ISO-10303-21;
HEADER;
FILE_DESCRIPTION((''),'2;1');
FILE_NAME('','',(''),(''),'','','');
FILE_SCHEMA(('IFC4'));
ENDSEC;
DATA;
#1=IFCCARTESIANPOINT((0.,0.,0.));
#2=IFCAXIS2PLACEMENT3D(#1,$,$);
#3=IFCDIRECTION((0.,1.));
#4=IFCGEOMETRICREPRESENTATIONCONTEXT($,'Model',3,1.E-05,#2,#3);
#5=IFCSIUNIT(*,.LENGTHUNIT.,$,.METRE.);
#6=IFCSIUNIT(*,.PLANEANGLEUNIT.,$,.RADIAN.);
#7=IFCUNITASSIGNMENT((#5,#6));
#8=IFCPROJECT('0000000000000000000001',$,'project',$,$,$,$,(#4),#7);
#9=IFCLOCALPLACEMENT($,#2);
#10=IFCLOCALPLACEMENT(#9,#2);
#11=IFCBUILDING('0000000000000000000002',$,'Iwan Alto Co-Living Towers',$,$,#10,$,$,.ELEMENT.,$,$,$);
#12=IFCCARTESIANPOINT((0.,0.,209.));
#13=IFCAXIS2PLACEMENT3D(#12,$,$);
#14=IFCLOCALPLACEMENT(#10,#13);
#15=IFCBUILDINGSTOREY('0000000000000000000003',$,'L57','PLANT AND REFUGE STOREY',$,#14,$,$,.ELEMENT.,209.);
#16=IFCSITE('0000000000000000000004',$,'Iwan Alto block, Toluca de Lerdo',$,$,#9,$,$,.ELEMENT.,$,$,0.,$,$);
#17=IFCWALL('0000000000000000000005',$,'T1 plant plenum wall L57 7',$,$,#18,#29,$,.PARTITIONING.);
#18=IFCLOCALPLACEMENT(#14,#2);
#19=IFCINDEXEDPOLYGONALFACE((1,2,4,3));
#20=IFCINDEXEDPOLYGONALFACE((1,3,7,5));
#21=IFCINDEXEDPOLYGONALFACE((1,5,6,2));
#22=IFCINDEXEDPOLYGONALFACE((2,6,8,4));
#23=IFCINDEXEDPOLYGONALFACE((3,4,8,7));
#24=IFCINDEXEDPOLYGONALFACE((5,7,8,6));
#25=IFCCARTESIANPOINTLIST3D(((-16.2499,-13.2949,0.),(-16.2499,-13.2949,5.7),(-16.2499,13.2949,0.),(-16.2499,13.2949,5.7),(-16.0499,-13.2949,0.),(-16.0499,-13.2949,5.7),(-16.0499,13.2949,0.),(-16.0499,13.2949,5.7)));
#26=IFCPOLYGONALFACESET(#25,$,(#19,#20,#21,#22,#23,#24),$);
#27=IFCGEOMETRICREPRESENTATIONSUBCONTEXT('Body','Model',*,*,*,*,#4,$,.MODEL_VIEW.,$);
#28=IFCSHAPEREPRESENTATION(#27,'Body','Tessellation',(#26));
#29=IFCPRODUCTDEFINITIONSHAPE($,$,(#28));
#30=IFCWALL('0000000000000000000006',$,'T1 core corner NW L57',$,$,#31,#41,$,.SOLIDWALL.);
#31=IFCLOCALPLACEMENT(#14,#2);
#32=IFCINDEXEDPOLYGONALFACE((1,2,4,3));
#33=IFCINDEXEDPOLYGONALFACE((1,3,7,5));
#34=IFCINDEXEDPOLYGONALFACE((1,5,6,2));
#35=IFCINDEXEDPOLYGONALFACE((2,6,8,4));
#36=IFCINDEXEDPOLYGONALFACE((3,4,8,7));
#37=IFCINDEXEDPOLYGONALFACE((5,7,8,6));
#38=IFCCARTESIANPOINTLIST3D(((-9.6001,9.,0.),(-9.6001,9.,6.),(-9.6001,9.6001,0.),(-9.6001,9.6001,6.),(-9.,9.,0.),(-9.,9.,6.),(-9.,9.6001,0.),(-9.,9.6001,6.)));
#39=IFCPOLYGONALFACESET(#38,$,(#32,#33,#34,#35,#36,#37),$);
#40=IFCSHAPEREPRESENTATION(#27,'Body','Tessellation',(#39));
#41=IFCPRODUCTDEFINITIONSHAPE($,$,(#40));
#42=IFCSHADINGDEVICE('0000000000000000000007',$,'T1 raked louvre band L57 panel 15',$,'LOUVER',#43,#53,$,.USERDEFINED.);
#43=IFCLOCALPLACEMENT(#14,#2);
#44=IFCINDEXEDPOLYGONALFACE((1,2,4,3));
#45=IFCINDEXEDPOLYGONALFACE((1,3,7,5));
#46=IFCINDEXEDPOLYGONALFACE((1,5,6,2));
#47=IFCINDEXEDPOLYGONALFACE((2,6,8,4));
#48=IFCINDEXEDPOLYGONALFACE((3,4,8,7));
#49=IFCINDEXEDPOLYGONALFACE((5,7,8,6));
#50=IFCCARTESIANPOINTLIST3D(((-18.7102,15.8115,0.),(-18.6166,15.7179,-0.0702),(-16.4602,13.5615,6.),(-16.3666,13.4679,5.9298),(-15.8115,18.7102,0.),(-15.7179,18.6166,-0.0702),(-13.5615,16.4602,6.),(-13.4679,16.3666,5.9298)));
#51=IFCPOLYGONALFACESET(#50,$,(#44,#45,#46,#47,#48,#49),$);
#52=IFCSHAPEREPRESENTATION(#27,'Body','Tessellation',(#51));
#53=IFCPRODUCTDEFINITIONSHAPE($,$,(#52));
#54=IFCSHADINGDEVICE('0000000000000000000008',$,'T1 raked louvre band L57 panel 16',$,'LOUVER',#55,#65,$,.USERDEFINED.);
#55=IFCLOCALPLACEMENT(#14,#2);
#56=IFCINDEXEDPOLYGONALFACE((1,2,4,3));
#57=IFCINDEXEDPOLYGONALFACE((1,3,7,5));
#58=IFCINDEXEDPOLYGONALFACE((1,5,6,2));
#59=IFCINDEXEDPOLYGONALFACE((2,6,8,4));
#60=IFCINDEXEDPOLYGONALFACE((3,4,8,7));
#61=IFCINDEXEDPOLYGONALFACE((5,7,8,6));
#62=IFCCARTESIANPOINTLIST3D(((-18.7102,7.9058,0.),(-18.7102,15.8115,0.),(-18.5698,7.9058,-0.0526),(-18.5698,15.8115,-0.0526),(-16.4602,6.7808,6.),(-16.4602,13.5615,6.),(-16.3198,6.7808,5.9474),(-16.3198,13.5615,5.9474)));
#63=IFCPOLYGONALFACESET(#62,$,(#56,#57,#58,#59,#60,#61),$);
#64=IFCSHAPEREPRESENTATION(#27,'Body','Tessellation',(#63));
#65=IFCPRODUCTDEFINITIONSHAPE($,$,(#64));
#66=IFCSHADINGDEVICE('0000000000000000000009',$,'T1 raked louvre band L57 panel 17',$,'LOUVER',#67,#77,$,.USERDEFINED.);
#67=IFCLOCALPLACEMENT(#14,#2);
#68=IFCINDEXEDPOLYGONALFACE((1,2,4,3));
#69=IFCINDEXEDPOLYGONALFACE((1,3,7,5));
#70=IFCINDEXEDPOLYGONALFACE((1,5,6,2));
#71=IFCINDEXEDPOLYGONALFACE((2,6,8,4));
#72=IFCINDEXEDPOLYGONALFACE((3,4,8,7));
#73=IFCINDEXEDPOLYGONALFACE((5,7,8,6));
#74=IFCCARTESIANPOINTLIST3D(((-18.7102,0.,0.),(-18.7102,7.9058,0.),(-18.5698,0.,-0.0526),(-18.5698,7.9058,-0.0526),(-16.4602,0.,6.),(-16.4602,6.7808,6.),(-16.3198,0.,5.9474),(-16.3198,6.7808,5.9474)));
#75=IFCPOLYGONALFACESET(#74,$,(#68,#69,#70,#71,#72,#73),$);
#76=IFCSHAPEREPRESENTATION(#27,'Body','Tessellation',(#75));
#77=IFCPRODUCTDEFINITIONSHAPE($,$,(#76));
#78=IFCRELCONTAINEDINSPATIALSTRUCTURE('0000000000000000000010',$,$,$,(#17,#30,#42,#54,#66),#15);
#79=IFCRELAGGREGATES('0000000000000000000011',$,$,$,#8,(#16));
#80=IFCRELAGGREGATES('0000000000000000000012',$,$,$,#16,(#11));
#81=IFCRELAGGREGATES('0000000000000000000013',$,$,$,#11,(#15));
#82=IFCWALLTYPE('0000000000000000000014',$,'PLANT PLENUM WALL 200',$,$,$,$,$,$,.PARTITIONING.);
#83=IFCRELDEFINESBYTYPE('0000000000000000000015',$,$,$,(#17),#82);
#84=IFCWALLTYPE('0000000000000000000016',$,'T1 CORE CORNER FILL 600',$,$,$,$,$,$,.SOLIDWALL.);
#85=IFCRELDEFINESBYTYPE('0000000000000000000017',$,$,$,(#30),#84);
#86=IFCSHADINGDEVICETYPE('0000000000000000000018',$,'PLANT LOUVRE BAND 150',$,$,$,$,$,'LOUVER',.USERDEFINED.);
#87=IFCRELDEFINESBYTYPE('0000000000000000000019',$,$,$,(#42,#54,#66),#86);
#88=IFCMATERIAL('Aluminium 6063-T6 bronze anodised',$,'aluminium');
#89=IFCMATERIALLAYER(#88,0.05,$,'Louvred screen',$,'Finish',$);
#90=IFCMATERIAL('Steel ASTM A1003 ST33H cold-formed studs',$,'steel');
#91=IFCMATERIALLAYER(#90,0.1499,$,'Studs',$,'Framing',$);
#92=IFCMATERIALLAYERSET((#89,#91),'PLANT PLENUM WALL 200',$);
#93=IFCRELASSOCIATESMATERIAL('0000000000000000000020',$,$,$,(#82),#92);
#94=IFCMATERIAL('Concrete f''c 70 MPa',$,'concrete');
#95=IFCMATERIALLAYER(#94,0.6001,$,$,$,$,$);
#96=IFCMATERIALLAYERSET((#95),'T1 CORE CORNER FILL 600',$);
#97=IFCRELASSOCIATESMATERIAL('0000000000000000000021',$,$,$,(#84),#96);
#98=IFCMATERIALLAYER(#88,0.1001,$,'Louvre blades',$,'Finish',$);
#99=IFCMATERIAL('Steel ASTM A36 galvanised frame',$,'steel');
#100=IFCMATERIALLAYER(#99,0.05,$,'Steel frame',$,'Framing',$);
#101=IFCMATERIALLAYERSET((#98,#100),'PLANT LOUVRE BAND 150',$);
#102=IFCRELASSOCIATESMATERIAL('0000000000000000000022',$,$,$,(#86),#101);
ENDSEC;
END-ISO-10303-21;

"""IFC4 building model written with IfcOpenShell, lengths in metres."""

from ifc_helpers import new_model, si_unit, direction, frame, frame_2d, origin, place, context, subcontext, project, spatial, polyline, rectangle, outline, extrude, material, layer, layer_set, type_object, element, save


model = new_model("IFC4")

# Units and contexts
model_context = context("Model", 3, precision=1e-05, world=origin(), true_north=direction((0.0, 1.0)))
body_context = subcontext(model_context, "Body", "Model", "MODEL_VIEW")
ifc_project = project(units=[si_unit("LENGTHUNIT", "METRE"), si_unit("PLANEANGLEUNIT", "RADIAN")], contexts=[model_context])

# Site, building, storey
site_placement = place(None, origin())
site = spatial("IfcSite", under=ifc_project, at=site_placement, Name="Iwan Alto block, Toluca de Lerdo", CompositionType="ELEMENT", RefElevation=0.0)
building_placement = place(site_placement, origin())
building = spatial("IfcBuilding", under=site, at=building_placement, Name="Iwan Alto Co-Living Towers", CompositionType="ELEMENT")
storey_placement = place(building_placement, frame((0.0, 0.0, 209.0)))
storey = spatial("IfcBuildingStorey", under=building, at=storey_placement, Name="L57", Description="PLANT AND REFUGE STOREY", CompositionType="ELEMENT", Elevation=209.0)

# Shared definitions
ifc_material_1 = material(Name="Steel ASTM A1003 ST33H cold-formed studs", Category="steel")

# Walls
ifc_material_2 = material(Name="Aluminium 6063-T6 bronze anodised", Category="aluminium")
ifc_layer_1 = layer(ifc_material_2, 0.05, Name="Louvred screen", Category="Finish")
ifc_layer_2 = layer(ifc_material_1, 0.1499, Name="Studs", Category="Framing")
ifc_layer_set_1 = layer_set([ifc_layer_1, ifc_layer_2], Name="PLANT PLENUM WALL 200")
wall_type_1 = type_object("IfcWallType", Name="PLANT PLENUM WALL 200", PredefinedType="PARTITIONING", material=ifc_layer_set_1)
wall_1_placement = place(storey_placement, frame((-16.1499, 13.2949, 0.0), z_axis=(0.0, 0.0, 1.0), x_axis=(0.0, -1.0, 0.0)))
element("IfcWall", 1, at=wall_1_placement, inside=storey, type_object=wall_type_1, Name="T1 plant plenum wall L57 7", PredefinedType="PARTITIONING", context=body_context, shape_type="SweptSolid", body=[
    extrude(rectangle(XDim=26.5898, YDim=0.2, at=frame_2d((13.2949, 0.0))), origin(), (0.0, 0.0, 1.0), 5.7),
])
ifc_material_3 = material(Name="Concrete f'c 70 MPa", Category="concrete")
ifc_layer_3 = layer(ifc_material_3, 0.6001)
ifc_layer_set_2 = layer_set([ifc_layer_3], Name="T1 CORE CORNER FILL 600")
wall_type_2 = type_object("IfcWallType", Name="T1 CORE CORNER FILL 600", PredefinedType="SOLIDWALL", material=ifc_layer_set_2)
wall_2_placement = place(storey_placement, frame((-9.6001, 9.3, 0.0), z_axis=(0.0, 0.0, 1.0), x_axis=(1.0, 0.0, 0.0)))
element("IfcWall", 2, at=wall_2_placement, inside=storey, type_object=wall_type_2, Name="T1 core corner NW L57", PredefinedType="SOLIDWALL", context=body_context, shape_type="SweptSolid", body=[
    extrude(rectangle(XDim=0.6001, YDim=0.6001, at=frame_2d((0.3, 0.0))), origin(), (0.0, 0.0, 1.0), 6.0),
])

# Shading devices
ifc_layer_4 = layer(ifc_material_2, 0.1001, Name="Louvre blades", Category="Finish")
ifc_material_4 = material(Name="Steel ASTM A36 galvanised frame", Category="steel")
ifc_layer_5 = layer(ifc_material_4, 0.05, Name="Steel frame", Category="Framing")
ifc_layer_set_3 = layer_set([ifc_layer_4, ifc_layer_5], Name="PLANT LOUVRE BAND 150")
shading_device_type = type_object("IfcShadingDeviceType", Name="PLANT LOUVRE BAND 150", ElementType="LOUVER", PredefinedType="USERDEFINED", material=ifc_layer_set_3)
shading_device_1_placement = place(storey_placement, frame((-15.8115, 18.7102, 0.0), z_axis=(-0.624695, 0.624695, 0.468521), x_axis=(-0.707107, -0.707107, 0.0)))
element("IfcShadingDevice", 3, at=shading_device_1_placement, inside=storey, type_object=shading_device_type, Name="T1 raked louvre band L57 panel 15", ObjectType="LOUVER", PredefinedType="USERDEFINED", context=body_context, shape_type="SweptSolid", body=[
    extrude(outline(polyline([(0.0, 0.0), (4.0994, 0.0), (4.0994, 6.7915), (0.0, 6.7915), (0.0, 0.0)])), origin(), (0.0, 0.0, -1.0), 0.1499),
])
shading_device_2_placement = place(storey_placement, frame((-18.7102, 15.8115, 0.0), z_axis=(-0.936329, 0.0, 0.351123), x_axis=(0.0, -1.0, 0.0)))
element("IfcShadingDevice", 4, at=shading_device_2_placement, inside=storey, type_object=shading_device_type, Name="T1 raked louvre band L57 panel 16", ObjectType="LOUVER", PredefinedType="USERDEFINED", context=body_context, shape_type="SweptSolid", body=[
    extrude(outline(polyline([(0.0, 0.0), (7.9058, 0.0), (9.0308, 6.408), (2.25, 6.408), (0.0, 0.0)])), origin(), (0.0, 0.0, -1.0), 0.1499),
])
shading_device_3_placement = place(storey_placement, frame((-18.7102, 7.9058, 0.0), z_axis=(-0.936329, 0.0, 0.351123), x_axis=(0.0, -1.0, 0.0)))
element("IfcShadingDevice", 5, at=shading_device_3_placement, inside=storey, type_object=shading_device_type, Name="T1 raked louvre band L57 panel 17", ObjectType="LOUVER", PredefinedType="USERDEFINED", context=body_context, shape_type="SweptSolid", body=[
    extrude(outline(polyline([(0.0, 0.0), (7.9058, 0.0), (7.9058, 6.408), (1.125, 6.408), (0.0, 0.0)])), origin(), (0.0, 0.0, -1.0), 0.1499),
])

save(model, "model.ifc")
